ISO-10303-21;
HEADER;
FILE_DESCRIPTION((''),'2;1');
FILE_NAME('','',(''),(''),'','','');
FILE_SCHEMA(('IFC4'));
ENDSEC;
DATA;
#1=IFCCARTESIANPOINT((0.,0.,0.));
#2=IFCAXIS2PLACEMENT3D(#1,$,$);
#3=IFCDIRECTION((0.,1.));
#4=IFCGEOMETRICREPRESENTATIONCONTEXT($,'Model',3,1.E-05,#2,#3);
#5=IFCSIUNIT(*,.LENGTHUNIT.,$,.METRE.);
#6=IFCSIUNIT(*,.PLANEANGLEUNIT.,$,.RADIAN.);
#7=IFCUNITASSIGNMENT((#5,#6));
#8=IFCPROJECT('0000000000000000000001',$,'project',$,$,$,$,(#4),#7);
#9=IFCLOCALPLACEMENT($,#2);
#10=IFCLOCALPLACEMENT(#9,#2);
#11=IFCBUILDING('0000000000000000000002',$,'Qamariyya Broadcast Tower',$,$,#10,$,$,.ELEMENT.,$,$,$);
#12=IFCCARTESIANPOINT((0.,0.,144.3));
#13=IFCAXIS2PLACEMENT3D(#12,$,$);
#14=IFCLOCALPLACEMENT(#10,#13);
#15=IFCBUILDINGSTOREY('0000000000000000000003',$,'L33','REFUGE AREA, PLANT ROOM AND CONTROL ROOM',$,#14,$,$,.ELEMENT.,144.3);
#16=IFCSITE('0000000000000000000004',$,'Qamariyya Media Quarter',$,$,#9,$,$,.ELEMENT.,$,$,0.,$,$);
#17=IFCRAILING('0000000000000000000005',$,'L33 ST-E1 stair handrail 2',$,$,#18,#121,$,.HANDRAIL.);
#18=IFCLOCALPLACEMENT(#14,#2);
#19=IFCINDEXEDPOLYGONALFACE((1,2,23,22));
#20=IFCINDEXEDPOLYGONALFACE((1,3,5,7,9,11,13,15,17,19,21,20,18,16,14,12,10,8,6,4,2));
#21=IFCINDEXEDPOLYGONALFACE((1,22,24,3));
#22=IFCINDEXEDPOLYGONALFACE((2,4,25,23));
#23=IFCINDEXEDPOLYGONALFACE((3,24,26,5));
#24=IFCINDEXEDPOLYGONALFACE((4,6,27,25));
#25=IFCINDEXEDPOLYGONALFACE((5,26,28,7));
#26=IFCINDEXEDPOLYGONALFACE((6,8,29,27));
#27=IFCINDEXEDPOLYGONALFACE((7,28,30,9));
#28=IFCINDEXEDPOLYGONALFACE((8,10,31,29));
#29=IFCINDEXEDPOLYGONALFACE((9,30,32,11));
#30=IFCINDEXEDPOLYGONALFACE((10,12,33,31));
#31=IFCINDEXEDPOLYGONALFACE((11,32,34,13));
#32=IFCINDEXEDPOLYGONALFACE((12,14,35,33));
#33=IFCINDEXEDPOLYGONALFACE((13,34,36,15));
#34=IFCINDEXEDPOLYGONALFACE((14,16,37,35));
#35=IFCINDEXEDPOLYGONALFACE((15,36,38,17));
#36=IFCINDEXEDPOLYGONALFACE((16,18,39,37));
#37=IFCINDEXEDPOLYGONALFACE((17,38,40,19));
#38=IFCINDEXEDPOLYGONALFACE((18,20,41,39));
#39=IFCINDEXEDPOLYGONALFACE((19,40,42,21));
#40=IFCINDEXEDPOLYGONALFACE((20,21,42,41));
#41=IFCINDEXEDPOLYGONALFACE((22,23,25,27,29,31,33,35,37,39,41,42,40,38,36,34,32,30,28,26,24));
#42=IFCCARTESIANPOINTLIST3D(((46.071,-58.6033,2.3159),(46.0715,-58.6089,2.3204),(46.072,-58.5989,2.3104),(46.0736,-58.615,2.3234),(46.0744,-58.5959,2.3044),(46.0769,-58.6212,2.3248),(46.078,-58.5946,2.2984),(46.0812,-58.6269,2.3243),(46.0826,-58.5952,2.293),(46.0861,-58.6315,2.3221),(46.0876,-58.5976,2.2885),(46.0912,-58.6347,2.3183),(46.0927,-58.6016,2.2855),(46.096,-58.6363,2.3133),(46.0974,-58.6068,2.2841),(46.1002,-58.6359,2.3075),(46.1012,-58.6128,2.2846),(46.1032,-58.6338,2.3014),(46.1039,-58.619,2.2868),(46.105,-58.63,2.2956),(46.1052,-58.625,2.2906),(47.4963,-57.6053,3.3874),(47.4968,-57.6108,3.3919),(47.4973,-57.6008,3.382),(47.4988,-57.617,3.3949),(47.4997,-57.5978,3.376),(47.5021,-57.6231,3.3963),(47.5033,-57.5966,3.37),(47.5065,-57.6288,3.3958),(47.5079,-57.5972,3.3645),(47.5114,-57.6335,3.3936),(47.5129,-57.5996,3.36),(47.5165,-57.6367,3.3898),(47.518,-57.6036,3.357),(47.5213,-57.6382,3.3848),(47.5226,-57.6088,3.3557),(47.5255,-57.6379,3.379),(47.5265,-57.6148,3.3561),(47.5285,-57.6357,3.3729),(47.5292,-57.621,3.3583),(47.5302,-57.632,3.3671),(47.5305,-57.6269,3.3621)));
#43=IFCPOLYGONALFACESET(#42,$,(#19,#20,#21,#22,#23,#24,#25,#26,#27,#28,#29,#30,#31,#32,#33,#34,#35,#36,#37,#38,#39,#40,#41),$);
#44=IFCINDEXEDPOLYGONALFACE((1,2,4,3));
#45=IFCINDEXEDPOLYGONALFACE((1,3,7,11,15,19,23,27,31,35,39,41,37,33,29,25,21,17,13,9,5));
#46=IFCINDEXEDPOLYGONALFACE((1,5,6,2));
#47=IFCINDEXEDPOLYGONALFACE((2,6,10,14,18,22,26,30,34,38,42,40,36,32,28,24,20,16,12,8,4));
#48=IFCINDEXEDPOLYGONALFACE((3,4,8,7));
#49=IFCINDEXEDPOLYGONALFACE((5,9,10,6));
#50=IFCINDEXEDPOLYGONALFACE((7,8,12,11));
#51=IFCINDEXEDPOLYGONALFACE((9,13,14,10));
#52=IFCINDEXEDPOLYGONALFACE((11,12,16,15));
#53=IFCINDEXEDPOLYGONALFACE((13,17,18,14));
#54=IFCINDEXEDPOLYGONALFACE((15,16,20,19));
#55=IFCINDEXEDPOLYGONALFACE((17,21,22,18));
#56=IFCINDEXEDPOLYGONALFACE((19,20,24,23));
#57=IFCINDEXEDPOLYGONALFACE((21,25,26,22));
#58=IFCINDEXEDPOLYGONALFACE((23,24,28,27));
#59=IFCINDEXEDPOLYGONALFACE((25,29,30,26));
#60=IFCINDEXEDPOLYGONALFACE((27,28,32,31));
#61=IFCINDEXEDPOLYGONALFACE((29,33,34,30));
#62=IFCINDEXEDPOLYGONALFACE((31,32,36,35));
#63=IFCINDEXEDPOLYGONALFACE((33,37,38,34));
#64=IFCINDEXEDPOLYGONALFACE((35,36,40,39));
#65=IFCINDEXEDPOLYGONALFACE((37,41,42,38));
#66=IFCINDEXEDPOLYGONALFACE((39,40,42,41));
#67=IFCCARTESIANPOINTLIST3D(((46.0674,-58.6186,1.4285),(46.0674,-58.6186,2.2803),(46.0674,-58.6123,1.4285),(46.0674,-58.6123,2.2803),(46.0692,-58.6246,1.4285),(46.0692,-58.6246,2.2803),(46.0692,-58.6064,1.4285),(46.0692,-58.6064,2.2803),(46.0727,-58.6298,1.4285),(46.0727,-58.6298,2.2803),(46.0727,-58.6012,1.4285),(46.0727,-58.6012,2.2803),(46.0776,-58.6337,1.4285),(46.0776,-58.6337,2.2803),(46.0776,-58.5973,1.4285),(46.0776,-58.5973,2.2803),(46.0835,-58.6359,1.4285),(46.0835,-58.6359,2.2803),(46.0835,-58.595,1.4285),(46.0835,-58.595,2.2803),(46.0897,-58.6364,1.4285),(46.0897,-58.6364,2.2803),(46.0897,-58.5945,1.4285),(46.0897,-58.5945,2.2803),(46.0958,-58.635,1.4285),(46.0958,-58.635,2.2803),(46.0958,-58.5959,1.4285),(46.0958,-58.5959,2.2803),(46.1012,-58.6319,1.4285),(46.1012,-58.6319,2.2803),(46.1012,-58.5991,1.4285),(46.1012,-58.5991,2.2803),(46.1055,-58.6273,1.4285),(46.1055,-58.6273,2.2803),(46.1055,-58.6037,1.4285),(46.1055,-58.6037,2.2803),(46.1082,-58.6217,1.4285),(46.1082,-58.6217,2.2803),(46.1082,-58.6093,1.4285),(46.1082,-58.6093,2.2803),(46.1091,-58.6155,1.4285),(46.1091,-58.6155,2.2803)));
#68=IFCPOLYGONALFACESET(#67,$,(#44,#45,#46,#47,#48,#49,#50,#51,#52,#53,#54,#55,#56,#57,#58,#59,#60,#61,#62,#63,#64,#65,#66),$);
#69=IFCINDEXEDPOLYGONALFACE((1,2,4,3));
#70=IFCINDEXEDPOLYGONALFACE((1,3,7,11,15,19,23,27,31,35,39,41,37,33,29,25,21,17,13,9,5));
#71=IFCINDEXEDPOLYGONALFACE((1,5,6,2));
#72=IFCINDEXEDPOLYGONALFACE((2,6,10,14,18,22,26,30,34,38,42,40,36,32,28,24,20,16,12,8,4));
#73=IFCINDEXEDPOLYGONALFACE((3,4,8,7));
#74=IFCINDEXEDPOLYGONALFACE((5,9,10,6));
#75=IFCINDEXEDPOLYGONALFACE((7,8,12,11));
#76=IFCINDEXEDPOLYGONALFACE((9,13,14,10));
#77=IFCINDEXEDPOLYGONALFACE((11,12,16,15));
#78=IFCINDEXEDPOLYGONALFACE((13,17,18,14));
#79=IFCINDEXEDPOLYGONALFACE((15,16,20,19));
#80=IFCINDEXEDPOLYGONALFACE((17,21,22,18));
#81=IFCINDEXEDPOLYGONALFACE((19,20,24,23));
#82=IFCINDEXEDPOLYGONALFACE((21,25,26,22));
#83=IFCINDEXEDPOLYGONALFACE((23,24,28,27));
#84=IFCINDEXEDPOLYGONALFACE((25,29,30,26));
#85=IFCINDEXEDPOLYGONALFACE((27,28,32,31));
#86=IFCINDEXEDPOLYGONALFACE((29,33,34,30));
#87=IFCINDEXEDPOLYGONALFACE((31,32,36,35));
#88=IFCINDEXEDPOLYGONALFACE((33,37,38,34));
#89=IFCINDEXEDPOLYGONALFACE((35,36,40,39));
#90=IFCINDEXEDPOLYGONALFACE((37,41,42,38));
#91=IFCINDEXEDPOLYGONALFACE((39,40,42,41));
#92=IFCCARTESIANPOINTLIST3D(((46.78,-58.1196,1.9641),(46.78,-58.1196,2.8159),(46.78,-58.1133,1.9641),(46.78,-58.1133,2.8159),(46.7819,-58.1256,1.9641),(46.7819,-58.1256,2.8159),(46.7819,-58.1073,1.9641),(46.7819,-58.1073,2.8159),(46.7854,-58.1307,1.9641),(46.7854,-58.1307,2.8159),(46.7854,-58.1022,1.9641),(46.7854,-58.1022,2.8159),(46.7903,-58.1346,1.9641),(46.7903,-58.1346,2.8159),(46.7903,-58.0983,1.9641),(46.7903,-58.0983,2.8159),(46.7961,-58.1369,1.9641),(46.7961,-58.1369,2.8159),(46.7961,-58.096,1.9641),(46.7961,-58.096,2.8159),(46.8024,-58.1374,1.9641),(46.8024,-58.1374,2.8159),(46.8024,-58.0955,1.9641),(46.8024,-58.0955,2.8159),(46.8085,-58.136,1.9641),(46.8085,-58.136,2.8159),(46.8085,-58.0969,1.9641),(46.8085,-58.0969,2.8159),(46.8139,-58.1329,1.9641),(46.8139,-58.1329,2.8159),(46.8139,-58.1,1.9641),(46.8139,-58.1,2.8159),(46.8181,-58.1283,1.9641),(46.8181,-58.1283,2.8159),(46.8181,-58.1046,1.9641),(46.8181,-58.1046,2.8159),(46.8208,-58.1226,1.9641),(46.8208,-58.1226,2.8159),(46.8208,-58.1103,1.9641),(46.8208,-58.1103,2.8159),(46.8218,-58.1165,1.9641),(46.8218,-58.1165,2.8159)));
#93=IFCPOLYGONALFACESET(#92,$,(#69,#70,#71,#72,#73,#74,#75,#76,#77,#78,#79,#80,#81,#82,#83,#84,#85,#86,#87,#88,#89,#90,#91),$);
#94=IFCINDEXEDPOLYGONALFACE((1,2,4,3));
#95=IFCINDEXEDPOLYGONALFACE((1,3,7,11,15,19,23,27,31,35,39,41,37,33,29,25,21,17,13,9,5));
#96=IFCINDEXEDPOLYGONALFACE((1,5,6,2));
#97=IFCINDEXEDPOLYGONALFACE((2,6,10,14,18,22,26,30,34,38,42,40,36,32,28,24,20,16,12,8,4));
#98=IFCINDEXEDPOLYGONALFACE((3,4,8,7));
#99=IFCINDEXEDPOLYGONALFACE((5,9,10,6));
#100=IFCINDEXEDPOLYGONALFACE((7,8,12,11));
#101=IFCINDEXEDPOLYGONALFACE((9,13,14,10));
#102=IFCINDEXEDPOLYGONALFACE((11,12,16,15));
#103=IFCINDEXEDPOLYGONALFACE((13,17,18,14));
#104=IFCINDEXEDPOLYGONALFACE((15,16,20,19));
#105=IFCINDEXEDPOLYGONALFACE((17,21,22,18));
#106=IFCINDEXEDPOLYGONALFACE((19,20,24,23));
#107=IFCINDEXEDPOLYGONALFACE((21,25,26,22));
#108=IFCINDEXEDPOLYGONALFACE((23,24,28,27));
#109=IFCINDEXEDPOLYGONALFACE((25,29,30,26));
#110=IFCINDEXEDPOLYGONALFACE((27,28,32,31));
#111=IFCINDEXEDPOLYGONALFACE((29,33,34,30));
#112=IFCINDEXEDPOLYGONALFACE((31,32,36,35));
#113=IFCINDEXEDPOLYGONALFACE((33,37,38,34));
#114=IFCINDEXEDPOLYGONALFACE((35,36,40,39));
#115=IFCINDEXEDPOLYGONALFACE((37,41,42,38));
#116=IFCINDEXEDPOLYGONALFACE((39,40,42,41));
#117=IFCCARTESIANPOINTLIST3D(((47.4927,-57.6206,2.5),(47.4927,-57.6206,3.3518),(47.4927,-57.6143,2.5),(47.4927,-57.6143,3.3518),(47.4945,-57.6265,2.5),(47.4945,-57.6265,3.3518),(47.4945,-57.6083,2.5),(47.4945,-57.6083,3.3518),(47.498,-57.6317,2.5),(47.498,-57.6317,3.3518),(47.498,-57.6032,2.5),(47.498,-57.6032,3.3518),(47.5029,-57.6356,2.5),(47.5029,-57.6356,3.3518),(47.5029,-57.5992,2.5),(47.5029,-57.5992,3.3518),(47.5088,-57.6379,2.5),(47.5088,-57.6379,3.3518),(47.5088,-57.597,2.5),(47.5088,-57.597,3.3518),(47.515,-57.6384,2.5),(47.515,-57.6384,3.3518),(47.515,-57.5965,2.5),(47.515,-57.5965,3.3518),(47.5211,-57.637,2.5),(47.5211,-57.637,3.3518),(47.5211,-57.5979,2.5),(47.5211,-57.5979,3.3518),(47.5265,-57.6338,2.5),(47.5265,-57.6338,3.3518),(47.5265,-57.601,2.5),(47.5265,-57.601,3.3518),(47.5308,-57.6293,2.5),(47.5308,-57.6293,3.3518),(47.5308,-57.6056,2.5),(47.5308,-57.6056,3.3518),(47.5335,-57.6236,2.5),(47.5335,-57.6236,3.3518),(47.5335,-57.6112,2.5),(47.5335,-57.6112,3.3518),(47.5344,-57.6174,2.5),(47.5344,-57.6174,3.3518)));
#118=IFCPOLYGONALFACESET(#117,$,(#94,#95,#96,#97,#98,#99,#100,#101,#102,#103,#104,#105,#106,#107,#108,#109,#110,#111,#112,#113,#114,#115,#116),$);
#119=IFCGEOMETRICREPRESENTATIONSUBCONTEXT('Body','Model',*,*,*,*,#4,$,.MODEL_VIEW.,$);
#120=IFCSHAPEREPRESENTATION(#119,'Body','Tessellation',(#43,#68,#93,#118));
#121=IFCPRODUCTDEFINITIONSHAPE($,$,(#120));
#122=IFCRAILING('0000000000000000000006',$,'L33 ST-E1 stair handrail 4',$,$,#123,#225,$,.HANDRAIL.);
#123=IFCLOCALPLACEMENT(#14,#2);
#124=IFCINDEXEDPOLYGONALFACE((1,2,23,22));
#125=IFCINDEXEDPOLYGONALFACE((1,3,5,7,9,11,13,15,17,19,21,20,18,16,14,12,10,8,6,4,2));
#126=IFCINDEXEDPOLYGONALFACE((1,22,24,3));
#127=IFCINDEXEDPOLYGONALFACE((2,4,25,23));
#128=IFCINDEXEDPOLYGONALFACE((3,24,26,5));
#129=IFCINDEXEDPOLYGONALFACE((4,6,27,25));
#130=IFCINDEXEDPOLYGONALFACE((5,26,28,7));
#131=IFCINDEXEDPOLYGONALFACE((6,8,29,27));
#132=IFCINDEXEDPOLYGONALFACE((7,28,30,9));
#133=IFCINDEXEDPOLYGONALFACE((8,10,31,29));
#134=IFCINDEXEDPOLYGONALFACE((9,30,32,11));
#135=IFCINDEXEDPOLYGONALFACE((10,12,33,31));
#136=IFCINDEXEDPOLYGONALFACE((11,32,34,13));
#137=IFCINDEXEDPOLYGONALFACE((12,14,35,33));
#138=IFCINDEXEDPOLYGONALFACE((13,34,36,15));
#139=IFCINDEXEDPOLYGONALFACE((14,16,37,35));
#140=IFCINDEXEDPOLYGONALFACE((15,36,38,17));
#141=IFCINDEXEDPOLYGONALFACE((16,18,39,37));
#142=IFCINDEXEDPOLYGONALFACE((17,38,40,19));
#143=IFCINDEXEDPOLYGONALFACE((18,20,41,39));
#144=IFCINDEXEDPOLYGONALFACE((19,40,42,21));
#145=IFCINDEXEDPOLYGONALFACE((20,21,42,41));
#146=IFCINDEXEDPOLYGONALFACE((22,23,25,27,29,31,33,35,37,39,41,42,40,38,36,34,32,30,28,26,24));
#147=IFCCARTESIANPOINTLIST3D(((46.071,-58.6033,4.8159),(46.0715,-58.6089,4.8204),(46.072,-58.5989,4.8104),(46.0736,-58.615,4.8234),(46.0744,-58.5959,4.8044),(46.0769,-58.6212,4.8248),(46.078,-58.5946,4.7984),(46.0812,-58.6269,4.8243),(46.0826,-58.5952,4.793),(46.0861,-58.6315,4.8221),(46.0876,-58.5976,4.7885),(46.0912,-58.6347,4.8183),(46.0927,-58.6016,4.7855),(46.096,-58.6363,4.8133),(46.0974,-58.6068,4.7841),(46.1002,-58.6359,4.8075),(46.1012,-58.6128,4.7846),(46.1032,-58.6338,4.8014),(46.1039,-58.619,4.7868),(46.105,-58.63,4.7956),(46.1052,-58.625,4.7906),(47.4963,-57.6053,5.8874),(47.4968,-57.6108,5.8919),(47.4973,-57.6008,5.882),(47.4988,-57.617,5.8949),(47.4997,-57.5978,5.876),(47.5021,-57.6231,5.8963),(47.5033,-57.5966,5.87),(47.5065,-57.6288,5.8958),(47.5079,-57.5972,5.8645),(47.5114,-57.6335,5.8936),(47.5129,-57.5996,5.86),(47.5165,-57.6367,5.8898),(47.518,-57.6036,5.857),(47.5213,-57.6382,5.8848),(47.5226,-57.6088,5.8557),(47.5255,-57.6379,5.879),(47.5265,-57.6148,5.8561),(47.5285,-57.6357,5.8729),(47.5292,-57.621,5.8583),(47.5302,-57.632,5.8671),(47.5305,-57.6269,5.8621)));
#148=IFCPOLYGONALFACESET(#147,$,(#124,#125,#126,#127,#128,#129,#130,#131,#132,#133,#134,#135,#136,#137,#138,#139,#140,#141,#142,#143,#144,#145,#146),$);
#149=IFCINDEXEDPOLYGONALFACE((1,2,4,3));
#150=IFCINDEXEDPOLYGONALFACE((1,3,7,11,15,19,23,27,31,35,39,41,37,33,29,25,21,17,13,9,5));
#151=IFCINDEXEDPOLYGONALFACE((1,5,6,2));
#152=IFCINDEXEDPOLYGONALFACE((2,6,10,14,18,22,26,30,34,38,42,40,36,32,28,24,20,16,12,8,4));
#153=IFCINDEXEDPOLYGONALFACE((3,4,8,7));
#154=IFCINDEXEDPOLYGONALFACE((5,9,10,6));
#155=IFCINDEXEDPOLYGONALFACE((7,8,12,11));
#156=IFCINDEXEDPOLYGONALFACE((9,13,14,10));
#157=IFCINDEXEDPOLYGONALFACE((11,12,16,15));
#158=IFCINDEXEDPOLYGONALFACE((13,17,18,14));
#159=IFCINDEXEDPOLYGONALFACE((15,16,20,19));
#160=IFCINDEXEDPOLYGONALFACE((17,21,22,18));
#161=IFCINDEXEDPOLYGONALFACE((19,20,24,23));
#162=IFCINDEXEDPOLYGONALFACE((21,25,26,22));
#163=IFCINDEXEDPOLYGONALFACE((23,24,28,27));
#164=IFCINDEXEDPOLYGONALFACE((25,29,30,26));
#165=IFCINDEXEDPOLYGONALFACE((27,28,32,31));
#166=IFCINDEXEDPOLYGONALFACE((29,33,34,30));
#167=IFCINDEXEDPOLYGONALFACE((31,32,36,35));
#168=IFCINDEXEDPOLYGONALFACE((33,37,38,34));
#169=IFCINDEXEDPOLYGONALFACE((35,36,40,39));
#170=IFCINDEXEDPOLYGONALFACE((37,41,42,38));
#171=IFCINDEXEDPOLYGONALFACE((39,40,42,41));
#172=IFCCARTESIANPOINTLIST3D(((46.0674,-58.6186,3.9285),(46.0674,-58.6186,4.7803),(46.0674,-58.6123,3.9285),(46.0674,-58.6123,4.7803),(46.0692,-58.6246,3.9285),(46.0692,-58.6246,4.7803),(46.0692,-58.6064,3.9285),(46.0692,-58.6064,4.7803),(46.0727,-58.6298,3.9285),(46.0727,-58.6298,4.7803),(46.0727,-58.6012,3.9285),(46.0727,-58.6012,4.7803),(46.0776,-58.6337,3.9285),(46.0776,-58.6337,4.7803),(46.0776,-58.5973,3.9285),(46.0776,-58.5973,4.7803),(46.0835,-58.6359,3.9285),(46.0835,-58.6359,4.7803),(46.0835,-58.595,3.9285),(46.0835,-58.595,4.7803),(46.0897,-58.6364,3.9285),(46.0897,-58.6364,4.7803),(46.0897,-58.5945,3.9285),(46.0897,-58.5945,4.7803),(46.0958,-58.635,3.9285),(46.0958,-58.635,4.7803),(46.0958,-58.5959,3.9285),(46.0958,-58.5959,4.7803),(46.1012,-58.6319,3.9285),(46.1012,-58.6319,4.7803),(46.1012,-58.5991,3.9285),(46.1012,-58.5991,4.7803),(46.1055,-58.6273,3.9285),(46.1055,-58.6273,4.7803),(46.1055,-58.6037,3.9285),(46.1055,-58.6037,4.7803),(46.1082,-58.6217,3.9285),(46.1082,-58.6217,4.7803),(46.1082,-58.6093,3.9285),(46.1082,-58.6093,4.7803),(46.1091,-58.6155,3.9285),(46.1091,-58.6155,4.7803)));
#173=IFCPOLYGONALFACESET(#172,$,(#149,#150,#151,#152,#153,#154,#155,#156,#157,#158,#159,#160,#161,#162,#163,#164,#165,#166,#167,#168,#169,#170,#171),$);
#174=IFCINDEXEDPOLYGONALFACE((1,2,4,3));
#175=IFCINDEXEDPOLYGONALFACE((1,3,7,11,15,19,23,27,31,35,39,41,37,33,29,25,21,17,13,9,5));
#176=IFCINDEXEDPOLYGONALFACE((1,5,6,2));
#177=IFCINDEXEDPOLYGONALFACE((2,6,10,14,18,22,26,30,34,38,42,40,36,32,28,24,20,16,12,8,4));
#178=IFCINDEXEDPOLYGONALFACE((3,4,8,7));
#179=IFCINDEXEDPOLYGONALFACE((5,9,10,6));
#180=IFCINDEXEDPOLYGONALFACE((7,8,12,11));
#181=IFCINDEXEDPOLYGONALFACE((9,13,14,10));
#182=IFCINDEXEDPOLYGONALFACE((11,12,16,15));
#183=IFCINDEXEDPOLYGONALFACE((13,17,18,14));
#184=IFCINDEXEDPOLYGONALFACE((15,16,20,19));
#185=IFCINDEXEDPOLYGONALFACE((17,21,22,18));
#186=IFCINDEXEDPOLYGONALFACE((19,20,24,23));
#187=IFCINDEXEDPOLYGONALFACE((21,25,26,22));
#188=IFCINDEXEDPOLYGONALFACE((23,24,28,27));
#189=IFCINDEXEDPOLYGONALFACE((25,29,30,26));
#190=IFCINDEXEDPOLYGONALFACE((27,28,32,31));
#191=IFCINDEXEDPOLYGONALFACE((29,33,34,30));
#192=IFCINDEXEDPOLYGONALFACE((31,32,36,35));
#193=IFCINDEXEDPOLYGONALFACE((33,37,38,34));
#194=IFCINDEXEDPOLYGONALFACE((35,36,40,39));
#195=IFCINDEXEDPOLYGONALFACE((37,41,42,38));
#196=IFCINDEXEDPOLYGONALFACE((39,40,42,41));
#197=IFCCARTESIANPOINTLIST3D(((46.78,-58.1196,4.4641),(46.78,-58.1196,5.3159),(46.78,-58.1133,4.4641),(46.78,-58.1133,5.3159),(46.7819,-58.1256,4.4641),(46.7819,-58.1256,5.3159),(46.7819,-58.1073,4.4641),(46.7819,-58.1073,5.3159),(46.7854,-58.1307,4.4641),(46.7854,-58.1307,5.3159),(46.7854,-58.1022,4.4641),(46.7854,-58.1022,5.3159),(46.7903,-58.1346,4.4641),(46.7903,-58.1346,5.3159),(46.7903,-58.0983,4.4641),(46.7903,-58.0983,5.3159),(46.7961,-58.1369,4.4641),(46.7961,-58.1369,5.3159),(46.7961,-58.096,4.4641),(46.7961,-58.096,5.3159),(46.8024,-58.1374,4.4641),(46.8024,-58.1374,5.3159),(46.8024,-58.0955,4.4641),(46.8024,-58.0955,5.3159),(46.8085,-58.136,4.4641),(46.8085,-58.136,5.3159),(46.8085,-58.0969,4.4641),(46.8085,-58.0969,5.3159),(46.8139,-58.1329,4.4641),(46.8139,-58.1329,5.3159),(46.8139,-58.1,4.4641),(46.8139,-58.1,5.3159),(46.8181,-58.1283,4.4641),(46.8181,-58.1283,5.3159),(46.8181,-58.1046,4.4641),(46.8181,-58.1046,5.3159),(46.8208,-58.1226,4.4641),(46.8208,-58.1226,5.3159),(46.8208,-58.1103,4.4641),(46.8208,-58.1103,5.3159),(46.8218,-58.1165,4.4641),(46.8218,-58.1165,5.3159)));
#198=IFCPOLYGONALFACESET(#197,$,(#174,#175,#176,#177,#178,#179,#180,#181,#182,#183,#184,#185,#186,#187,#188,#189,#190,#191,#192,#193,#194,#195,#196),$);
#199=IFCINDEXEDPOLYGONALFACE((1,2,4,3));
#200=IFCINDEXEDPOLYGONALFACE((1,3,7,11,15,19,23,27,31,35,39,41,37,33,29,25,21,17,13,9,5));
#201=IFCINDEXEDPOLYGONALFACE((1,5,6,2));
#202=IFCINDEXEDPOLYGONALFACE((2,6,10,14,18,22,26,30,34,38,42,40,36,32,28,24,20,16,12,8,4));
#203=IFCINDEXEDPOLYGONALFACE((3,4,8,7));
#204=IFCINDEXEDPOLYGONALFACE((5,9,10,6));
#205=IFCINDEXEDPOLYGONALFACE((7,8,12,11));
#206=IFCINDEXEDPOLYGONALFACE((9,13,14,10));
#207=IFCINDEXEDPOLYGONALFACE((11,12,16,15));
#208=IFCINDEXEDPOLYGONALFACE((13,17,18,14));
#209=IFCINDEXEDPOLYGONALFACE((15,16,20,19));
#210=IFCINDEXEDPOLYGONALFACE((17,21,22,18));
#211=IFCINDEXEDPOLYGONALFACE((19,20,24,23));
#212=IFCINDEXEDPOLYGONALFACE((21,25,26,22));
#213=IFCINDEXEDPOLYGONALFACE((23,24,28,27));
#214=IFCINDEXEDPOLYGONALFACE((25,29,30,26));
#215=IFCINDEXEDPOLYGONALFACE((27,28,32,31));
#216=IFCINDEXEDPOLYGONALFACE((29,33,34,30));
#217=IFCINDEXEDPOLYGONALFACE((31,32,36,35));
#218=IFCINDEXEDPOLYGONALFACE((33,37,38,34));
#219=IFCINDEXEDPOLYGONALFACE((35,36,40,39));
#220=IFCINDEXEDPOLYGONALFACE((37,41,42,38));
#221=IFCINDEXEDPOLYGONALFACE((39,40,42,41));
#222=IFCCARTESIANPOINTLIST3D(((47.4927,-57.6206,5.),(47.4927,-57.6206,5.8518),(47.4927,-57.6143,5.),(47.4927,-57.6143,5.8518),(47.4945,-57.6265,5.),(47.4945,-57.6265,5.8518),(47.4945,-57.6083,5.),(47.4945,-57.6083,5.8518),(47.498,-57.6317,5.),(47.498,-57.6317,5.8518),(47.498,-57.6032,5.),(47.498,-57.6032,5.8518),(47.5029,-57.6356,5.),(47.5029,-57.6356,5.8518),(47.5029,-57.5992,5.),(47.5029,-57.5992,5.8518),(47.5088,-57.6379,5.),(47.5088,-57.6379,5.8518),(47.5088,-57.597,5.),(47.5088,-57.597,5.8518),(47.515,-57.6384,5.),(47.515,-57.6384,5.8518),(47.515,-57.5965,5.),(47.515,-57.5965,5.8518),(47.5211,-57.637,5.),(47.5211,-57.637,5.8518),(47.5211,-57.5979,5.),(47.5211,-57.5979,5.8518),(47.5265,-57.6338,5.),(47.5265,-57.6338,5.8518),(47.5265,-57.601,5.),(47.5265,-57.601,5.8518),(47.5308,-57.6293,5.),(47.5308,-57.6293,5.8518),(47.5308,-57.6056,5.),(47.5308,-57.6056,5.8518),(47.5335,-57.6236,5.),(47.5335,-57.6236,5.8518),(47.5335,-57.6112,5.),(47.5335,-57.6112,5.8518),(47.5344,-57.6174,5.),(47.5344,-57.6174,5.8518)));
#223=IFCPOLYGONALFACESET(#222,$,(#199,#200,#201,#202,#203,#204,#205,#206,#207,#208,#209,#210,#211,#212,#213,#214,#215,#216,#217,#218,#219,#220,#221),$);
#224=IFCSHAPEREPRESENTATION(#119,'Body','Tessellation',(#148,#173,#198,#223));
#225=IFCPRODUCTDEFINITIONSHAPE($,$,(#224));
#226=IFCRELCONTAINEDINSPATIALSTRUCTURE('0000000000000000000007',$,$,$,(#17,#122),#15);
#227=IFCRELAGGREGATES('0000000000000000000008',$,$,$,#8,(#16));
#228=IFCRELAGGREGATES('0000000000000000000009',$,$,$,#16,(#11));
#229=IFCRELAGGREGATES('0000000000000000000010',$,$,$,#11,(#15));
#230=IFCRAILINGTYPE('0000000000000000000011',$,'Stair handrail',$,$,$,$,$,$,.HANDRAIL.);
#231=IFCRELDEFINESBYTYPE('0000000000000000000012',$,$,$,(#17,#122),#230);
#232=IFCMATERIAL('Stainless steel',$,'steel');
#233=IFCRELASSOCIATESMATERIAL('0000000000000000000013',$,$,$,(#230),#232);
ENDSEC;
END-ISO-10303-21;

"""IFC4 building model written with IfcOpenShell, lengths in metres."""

from ifc_helpers import new_model, si_unit, direction, frame, origin, origin_2d, place, context, subcontext, project, spatial, circle, extrude, material, type_object, element, save


model = new_model("IFC4")

# Units and contexts
model_context = context("Model", 3, precision=1e-05, world=origin(), true_north=direction((0.0, 1.0)))
body_context = subcontext(model_context, "Body", "Model", "MODEL_VIEW")
ifc_project = project(units=[si_unit("LENGTHUNIT", "METRE"), si_unit("PLANEANGLEUNIT", "RADIAN")], contexts=[model_context])

# Site, building, storey
site_placement = place(None, origin())
site = spatial("IfcSite", under=ifc_project, at=site_placement, Name="Qamariyya Media Quarter", CompositionType="ELEMENT", RefElevation=0.0)
building_placement = place(site_placement, origin())
building = spatial("IfcBuilding", under=site, at=building_placement, Name="Qamariyya Broadcast Tower", CompositionType="ELEMENT")
storey_placement = place(building_placement, frame((0.0, 0.0, 144.3)))
storey = spatial("IfcBuildingStorey", under=building, at=storey_placement, Name="L33", Description="REFUGE AREA, PLANT ROOM AND CONTROL ROOM", CompositionType="ELEMENT", Elevation=144.3)

# Railings
ifc_material_1 = material(Name="Stainless steel", Category="steel")
railing_type_1 = type_object("IfcRailingType", Name="Stair handrail", PredefinedType="HANDRAIL", material=ifc_material_1)
for number, where, name in (
    (1, (46.0881, -58.6155, 1.4285), "L33 ST-E1 stair handrail 2"),
    (2, (46.0881, -58.6155, 3.9285), "L33 ST-E1 stair handrail 4"),
):
    element("IfcRailing", number, at=place(storey_placement, frame(where)), inside=storey, type_object=railing_type_1, Name=name, PredefinedType="HANDRAIL", context=body_context, shape_type="SweptSolid", body=[
        extrude(circle(Radius=0.0239, at=origin_2d()), frame((0.0, 0.0, 0.876), z_axis=(0.697489, 0.48841, 0.524371), x_axis=(-0.573594, 0.81914, 0.0)), (0.0, 0.0, 1.0), 2.0435),
        extrude(circle(Radius=0.021, at=origin_2d()), origin(), (0.0, 0.0, 1.0), 0.8518),
        extrude(circle(Radius=0.021, at=origin_2d()), frame((0.7126, 0.499, 0.5356)), (0.0, 0.0, 1.0), 0.8518),
        extrude(circle(Radius=0.021, at=origin_2d()), frame((1.4253, 0.998, 1.0715)), (0.0, 0.0, 1.0), 0.8518),
    ])

save(model, "model.ifc")
